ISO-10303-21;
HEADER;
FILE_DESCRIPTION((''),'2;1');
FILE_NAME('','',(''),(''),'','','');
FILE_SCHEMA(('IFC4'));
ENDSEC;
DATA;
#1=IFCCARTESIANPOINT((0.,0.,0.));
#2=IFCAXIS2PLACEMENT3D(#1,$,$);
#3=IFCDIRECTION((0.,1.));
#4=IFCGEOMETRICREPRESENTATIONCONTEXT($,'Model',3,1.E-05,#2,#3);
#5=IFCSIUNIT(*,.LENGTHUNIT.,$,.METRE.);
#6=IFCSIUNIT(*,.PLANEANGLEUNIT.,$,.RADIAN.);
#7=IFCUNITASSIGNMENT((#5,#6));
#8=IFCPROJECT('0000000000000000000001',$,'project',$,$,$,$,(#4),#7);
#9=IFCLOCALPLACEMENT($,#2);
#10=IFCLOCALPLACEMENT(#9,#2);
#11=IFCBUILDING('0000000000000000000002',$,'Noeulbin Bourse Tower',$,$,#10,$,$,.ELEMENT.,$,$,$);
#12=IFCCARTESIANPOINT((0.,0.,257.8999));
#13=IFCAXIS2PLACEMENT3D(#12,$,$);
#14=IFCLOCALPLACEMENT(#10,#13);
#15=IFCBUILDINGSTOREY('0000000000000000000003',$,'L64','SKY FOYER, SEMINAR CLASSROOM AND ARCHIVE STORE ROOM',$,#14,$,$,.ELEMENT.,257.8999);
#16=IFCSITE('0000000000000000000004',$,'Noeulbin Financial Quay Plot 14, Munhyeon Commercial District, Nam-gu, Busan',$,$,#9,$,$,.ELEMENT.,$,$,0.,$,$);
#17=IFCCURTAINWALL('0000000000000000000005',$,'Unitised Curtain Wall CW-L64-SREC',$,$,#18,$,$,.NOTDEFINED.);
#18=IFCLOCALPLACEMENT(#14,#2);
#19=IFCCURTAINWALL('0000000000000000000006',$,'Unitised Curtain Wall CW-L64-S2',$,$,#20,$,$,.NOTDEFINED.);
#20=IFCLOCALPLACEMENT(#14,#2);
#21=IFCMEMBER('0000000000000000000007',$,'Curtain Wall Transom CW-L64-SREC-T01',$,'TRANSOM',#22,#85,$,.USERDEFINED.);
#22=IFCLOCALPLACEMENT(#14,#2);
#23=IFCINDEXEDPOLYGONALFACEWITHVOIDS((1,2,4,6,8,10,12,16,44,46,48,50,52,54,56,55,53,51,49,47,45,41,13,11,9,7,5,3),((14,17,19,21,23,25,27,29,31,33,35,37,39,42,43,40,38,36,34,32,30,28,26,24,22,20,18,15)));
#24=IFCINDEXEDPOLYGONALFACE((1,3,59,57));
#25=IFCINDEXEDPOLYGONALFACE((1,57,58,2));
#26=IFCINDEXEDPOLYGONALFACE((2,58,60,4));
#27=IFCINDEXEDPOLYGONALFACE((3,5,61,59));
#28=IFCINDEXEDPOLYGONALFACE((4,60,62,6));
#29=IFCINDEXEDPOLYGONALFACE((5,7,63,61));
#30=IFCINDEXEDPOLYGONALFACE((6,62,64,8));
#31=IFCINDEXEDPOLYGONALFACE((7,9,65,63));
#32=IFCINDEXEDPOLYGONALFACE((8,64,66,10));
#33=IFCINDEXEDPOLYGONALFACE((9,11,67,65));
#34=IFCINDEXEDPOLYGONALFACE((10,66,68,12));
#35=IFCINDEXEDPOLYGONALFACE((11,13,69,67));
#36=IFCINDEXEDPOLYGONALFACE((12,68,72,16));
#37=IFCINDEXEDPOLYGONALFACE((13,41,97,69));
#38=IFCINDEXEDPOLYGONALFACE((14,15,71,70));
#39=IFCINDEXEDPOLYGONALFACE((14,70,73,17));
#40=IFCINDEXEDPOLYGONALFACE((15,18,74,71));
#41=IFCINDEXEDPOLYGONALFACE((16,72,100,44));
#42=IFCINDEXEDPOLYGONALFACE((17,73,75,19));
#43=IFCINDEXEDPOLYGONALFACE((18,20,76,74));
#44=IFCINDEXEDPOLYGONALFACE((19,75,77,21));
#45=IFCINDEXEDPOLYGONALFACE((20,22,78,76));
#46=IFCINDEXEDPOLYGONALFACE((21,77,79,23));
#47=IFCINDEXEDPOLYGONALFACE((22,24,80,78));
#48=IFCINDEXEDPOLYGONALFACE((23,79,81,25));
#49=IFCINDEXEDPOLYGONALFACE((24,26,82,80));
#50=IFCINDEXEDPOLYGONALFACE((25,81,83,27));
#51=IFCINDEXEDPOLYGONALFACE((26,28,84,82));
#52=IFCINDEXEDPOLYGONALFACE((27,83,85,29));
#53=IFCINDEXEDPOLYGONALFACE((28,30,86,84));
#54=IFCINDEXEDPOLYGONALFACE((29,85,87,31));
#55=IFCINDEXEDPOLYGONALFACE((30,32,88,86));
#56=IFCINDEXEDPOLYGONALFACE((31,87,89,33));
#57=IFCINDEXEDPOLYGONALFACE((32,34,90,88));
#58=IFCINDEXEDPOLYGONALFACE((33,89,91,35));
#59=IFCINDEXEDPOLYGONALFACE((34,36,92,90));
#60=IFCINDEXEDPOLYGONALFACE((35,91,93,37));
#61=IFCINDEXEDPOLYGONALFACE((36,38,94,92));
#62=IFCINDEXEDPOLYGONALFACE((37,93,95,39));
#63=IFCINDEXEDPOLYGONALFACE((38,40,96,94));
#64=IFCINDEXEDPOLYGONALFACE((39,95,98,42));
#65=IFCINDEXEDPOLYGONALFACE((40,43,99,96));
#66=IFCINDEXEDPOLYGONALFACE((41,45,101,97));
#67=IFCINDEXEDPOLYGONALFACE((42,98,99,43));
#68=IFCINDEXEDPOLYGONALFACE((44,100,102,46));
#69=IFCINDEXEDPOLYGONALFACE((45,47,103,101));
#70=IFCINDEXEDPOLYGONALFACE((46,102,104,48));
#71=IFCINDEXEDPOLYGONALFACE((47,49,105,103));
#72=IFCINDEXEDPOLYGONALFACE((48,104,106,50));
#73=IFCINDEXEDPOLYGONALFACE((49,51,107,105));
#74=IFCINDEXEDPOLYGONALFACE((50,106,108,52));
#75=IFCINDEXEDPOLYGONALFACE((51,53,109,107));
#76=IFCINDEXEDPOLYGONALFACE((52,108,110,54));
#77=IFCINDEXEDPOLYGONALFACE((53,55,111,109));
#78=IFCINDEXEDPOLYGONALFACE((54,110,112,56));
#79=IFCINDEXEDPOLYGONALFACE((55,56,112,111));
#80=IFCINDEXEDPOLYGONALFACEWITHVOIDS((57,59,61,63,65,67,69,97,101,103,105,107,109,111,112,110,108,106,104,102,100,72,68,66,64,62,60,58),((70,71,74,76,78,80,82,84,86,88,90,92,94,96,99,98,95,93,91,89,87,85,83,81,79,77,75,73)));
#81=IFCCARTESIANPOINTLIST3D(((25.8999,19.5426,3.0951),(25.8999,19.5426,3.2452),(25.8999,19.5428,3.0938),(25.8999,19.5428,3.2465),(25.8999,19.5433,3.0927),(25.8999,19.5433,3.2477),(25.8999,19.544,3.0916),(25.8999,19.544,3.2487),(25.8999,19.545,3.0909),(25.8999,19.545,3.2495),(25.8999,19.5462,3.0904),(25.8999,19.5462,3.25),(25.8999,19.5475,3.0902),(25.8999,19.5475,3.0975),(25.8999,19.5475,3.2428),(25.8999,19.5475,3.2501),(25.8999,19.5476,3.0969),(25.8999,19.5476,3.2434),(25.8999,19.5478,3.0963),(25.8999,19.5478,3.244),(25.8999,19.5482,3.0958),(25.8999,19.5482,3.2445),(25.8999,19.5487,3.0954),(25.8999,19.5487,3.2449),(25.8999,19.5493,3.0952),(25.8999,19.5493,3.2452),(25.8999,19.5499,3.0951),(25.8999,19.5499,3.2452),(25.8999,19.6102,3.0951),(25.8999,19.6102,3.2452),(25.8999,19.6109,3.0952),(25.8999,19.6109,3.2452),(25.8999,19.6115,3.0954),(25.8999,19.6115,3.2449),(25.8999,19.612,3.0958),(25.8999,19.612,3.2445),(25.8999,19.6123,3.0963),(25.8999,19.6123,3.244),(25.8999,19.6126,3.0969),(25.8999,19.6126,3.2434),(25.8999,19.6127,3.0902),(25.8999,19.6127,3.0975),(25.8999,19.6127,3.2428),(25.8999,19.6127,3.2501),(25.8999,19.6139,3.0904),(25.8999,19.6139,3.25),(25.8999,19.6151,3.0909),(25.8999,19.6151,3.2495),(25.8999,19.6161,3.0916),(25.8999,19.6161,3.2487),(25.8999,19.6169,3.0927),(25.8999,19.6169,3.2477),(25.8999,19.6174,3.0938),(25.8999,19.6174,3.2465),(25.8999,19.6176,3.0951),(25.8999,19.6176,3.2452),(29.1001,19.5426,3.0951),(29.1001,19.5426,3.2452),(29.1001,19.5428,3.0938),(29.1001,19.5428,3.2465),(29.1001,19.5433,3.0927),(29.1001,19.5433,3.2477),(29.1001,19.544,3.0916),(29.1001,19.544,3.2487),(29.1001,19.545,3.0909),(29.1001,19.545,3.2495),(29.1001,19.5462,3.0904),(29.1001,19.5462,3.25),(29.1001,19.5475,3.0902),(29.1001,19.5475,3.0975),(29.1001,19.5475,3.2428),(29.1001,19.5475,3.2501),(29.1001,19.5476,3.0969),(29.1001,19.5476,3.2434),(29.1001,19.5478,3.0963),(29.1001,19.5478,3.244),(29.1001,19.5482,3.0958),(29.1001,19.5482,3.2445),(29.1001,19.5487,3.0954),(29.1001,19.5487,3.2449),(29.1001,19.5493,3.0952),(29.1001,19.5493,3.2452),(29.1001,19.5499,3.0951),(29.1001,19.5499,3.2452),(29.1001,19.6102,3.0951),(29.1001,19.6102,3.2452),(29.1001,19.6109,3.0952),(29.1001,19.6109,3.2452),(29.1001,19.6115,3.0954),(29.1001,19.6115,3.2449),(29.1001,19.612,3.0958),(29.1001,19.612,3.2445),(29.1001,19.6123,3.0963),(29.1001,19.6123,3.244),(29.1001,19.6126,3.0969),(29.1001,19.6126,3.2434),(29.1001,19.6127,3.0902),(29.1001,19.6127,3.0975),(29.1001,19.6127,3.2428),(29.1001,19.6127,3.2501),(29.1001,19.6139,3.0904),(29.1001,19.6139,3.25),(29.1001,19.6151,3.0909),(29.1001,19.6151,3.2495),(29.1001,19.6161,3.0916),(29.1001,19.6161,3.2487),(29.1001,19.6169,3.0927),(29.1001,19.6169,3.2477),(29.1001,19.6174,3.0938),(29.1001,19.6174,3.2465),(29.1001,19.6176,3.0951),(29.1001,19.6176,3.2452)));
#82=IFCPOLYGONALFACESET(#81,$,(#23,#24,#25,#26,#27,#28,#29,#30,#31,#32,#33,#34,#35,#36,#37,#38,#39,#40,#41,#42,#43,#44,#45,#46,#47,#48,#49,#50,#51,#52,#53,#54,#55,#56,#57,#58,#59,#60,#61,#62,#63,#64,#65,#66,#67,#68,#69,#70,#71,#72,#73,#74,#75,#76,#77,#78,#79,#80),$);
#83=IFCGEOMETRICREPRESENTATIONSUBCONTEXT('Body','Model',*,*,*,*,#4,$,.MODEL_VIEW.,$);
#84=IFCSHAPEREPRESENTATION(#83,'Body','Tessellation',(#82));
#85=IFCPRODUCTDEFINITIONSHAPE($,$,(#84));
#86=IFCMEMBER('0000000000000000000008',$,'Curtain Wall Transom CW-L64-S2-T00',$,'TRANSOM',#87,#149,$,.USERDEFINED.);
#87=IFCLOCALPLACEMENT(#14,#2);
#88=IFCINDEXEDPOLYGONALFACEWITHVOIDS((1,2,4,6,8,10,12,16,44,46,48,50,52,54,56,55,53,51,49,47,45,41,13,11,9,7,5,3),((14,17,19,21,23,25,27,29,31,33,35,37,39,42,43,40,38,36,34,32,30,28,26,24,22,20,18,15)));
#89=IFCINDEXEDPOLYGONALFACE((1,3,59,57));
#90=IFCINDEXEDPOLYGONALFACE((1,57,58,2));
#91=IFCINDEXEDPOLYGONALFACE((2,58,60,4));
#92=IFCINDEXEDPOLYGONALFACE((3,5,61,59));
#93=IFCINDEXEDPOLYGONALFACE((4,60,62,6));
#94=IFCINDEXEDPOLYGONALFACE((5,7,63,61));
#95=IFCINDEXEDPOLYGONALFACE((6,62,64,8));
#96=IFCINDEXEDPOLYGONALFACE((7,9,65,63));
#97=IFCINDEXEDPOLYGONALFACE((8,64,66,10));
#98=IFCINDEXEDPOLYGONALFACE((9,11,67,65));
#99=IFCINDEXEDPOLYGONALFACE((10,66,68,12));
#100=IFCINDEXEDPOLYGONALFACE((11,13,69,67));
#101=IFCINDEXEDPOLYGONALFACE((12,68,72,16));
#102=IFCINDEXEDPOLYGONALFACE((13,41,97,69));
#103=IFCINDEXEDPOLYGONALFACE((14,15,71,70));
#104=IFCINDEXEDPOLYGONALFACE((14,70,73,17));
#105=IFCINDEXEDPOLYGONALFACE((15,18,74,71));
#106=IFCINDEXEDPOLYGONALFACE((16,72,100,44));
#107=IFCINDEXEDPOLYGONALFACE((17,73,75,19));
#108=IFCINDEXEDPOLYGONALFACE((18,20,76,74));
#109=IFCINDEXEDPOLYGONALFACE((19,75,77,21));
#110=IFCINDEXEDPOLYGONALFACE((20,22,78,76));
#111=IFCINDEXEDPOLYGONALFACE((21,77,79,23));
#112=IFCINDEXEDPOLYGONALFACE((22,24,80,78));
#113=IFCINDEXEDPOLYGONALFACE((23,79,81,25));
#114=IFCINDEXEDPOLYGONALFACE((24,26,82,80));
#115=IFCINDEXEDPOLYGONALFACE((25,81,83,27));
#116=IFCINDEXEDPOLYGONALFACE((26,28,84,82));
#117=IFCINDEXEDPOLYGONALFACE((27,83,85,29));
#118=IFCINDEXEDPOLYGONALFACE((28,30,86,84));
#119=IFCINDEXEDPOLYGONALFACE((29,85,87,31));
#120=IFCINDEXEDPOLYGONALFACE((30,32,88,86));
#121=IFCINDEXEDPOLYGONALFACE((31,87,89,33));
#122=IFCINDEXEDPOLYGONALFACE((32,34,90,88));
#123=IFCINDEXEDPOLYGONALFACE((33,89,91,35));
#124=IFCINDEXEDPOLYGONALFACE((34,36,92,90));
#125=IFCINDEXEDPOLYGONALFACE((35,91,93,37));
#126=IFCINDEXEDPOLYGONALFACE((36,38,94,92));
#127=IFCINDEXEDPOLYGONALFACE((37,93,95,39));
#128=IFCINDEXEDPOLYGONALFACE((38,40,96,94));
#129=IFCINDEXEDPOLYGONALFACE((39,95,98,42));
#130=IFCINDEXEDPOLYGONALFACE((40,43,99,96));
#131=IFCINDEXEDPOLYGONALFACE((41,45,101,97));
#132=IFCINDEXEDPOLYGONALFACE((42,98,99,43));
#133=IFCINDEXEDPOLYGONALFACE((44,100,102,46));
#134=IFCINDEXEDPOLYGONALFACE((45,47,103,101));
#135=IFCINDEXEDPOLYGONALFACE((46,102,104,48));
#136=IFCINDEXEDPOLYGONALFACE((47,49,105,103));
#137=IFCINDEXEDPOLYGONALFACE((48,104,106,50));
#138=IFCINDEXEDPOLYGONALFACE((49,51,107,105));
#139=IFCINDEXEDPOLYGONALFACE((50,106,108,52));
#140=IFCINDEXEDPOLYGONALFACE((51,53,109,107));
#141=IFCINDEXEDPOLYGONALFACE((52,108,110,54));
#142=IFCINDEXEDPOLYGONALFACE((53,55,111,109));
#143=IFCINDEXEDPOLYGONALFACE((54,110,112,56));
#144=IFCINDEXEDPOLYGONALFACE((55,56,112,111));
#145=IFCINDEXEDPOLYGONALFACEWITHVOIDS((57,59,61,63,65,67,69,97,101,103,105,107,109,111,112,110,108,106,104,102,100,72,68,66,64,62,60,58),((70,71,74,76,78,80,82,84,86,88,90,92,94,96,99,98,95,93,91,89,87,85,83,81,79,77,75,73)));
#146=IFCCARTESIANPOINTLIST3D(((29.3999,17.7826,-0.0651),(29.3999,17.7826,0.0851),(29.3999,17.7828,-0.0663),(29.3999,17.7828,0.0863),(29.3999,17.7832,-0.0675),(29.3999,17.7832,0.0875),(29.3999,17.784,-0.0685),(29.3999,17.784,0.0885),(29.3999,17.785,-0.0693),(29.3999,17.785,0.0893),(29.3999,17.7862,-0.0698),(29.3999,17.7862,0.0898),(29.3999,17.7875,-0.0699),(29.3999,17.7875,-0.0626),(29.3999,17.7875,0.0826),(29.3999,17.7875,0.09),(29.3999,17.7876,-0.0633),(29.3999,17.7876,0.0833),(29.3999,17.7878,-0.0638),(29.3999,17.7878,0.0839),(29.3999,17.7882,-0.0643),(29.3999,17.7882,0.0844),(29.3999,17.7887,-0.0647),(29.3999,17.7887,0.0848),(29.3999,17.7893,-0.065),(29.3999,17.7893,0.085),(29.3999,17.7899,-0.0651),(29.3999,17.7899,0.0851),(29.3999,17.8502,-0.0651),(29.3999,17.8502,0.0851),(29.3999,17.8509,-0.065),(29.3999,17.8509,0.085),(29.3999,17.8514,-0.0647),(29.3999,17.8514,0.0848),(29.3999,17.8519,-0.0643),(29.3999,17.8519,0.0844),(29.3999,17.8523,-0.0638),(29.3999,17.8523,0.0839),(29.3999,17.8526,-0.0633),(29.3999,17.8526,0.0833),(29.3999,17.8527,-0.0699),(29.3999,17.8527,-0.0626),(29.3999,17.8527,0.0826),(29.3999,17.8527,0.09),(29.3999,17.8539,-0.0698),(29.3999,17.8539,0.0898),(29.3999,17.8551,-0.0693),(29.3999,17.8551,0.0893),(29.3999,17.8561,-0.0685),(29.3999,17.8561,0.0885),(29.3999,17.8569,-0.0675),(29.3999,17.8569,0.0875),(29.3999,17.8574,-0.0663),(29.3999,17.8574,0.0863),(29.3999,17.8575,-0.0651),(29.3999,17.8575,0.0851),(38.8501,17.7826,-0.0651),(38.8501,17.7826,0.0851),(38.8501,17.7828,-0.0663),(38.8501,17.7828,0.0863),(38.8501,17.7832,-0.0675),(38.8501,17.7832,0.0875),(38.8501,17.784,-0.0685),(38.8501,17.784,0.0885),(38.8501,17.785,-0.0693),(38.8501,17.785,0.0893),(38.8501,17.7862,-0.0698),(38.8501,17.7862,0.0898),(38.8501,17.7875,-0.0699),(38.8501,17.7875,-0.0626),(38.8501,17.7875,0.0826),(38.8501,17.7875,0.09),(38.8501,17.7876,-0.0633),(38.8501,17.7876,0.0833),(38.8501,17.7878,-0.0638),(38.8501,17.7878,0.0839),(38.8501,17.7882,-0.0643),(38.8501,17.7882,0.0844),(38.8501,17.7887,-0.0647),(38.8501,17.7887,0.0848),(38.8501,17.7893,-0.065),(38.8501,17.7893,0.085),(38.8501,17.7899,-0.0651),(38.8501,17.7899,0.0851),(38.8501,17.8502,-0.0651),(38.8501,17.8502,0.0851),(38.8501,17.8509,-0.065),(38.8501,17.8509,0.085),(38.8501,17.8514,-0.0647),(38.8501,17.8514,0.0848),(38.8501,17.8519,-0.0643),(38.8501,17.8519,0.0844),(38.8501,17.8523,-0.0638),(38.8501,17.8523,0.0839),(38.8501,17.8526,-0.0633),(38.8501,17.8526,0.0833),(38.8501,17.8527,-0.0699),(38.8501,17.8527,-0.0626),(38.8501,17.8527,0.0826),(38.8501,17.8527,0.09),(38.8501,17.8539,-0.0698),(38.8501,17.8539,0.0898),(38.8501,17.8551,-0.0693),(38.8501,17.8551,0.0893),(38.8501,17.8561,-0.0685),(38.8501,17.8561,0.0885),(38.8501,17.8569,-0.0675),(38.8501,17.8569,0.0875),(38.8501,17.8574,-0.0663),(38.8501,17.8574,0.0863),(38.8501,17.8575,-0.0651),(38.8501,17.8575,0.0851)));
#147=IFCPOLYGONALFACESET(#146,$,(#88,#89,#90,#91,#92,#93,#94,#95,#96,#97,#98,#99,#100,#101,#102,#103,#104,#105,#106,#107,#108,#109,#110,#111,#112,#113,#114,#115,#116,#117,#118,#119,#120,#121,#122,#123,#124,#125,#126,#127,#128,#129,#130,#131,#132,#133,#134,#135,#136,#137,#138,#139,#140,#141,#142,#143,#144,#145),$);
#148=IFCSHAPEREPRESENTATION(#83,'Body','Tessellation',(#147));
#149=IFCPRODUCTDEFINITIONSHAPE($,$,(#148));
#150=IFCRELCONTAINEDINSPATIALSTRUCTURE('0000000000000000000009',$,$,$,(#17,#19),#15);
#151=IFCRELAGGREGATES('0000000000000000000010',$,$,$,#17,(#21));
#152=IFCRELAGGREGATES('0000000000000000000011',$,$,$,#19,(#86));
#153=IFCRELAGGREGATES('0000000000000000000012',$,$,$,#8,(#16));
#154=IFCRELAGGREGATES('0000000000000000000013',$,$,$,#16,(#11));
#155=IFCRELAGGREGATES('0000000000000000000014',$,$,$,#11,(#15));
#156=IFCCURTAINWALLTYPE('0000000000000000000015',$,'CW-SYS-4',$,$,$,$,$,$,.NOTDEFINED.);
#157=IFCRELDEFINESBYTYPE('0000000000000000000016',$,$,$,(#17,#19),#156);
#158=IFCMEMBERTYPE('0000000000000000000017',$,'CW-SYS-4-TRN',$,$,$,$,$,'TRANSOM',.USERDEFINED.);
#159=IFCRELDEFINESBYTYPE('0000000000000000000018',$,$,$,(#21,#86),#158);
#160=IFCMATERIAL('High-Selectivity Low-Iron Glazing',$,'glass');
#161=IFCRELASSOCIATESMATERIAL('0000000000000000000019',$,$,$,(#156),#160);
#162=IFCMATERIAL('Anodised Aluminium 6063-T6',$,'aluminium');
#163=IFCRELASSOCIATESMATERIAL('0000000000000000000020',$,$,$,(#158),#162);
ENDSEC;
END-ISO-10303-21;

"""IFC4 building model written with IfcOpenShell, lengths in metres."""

from ifc_helpers import new_model, si_unit, direction, frame, origin, origin_2d, place, context, subcontext, project, spatial, hollow_rectangle, extrude, material, material_profile, profile_set, type_object, element, aggregate, save


model = new_model("IFC4")

# Units and contexts
model_context = context("Model", 3, precision=1e-05, world=origin(), true_north=direction((0.0, 1.0)))
body_context = subcontext(model_context, "Body", "Model", "MODEL_VIEW")
ifc_project = project(units=[si_unit("LENGTHUNIT", "METRE"), si_unit("PLANEANGLEUNIT", "RADIAN")], contexts=[model_context])

# Site, building, storey
site_placement = place(None, origin())
site = spatial("IfcSite", under=ifc_project, at=site_placement, Name="Noeulbin Financial Quay Plot 14, Munhyeon Commercial District, Nam-gu, Busan", CompositionType="ELEMENT", RefElevation=0.0)
building_placement = place(site_placement, origin())
building = spatial("IfcBuilding", under=site, at=building_placement, Name="Noeulbin Bourse Tower", CompositionType="ELEMENT")
storey_placement = place(building_placement, frame((0.0, 0.0, 257.8999)))
storey = spatial("IfcBuildingStorey", under=building, at=storey_placement, Name="L64", Description="SKY FOYER, SEMINAR CLASSROOM AND ARCHIVE STORE ROOM", CompositionType="ELEMENT", Elevation=257.8999)

# Curtain wall
ifc_material_1 = material(Name="High-Selectivity Low-Iron Glazing", Category="glass")
curtain_wall_type = type_object("IfcCurtainWallType", Name="CW-SYS-4", PredefinedType="NOTDEFINED", material=ifc_material_1)
curtain_wall_1_placement = place(storey_placement, origin())
curtain_wall_1 = element("IfcCurtainWall", 1, at=curtain_wall_1_placement, inside=storey, type_object=curtain_wall_type, Name="Unitised Curtain Wall CW-L64-SREC", PredefinedType="NOTDEFINED")
ifc_material_2 = material(Name="Anodised Aluminium 6063-T6", Category="aluminium")

# Curtain wall
curtain_wall_2_placement = place(storey_placement, origin())
curtain_wall_2 = element("IfcCurtainWall", 2, at=curtain_wall_2_placement, inside=storey, type_object=curtain_wall_type, Name="Unitised Curtain Wall CW-L64-S2", PredefinedType="NOTDEFINED")

# Members
ifc_material_profile_1 = material_profile(ifc_material_2, hollow_rectangle(XDim=0.075, YDim=0.1599, WallThickness=0.0049, InnerFilletRadius=0.0024, OuterFilletRadius=0.0049, at=origin_2d()), Name="ALU-TRAN-75x160x5", Category="LoadBearing")
ifc_profile_set_1 = profile_set([ifc_material_profile_1], Name="Anodised Aluminium 6063-T6")
member_type_1 = type_object("IfcMemberType", Name="CW-SYS-4-TRN", ElementType="TRANSOM", PredefinedType="USERDEFINED", material=ifc_profile_set_1)
member_1_placement = place(storey_placement, frame((25.8999, 19.5801, 3.1702), z_axis=(1.0, 0.0, 0.0), x_axis=(0.0, 1.0, 0.0)))
member_1 = element("IfcMember", 3, at=member_1_placement, type_object=member_type_1, Name="Curtain Wall Transom CW-L64-SREC-T01", ObjectType="TRANSOM", PredefinedType="USERDEFINED", context=body_context, shape_type="SweptSolid", body=[
    extrude(hollow_rectangle(XDim=0.075, YDim=0.1599, WallThickness=0.0049, InnerFilletRadius=0.0024, OuterFilletRadius=0.0049, at=origin_2d()), origin(), (0.0, 0.0, 1.0), 3.2002),
])
member_2_placement = place(storey_placement, frame((29.3999, 17.8201, 0.01), z_axis=(1.0, 0.0, 0.0), x_axis=(0.0, 1.0, 0.0)))
member_2 = element("IfcMember", 4, at=member_2_placement, type_object=member_type_1, Name="Curtain Wall Transom CW-L64-S2-T00", ObjectType="TRANSOM", PredefinedType="USERDEFINED", context=body_context, shape_type="SweptSolid", body=[
    extrude(hollow_rectangle(XDim=0.075, YDim=0.1599, WallThickness=0.0049, InnerFilletRadius=0.0024, OuterFilletRadius=0.0049, at=origin_2d()), origin(), (0.0, 0.0, 1.0), 9.4502),
])

aggregate(curtain_wall_1, [member_1])
aggregate(curtain_wall_2, [member_2])

save(model, "model.ifc")
